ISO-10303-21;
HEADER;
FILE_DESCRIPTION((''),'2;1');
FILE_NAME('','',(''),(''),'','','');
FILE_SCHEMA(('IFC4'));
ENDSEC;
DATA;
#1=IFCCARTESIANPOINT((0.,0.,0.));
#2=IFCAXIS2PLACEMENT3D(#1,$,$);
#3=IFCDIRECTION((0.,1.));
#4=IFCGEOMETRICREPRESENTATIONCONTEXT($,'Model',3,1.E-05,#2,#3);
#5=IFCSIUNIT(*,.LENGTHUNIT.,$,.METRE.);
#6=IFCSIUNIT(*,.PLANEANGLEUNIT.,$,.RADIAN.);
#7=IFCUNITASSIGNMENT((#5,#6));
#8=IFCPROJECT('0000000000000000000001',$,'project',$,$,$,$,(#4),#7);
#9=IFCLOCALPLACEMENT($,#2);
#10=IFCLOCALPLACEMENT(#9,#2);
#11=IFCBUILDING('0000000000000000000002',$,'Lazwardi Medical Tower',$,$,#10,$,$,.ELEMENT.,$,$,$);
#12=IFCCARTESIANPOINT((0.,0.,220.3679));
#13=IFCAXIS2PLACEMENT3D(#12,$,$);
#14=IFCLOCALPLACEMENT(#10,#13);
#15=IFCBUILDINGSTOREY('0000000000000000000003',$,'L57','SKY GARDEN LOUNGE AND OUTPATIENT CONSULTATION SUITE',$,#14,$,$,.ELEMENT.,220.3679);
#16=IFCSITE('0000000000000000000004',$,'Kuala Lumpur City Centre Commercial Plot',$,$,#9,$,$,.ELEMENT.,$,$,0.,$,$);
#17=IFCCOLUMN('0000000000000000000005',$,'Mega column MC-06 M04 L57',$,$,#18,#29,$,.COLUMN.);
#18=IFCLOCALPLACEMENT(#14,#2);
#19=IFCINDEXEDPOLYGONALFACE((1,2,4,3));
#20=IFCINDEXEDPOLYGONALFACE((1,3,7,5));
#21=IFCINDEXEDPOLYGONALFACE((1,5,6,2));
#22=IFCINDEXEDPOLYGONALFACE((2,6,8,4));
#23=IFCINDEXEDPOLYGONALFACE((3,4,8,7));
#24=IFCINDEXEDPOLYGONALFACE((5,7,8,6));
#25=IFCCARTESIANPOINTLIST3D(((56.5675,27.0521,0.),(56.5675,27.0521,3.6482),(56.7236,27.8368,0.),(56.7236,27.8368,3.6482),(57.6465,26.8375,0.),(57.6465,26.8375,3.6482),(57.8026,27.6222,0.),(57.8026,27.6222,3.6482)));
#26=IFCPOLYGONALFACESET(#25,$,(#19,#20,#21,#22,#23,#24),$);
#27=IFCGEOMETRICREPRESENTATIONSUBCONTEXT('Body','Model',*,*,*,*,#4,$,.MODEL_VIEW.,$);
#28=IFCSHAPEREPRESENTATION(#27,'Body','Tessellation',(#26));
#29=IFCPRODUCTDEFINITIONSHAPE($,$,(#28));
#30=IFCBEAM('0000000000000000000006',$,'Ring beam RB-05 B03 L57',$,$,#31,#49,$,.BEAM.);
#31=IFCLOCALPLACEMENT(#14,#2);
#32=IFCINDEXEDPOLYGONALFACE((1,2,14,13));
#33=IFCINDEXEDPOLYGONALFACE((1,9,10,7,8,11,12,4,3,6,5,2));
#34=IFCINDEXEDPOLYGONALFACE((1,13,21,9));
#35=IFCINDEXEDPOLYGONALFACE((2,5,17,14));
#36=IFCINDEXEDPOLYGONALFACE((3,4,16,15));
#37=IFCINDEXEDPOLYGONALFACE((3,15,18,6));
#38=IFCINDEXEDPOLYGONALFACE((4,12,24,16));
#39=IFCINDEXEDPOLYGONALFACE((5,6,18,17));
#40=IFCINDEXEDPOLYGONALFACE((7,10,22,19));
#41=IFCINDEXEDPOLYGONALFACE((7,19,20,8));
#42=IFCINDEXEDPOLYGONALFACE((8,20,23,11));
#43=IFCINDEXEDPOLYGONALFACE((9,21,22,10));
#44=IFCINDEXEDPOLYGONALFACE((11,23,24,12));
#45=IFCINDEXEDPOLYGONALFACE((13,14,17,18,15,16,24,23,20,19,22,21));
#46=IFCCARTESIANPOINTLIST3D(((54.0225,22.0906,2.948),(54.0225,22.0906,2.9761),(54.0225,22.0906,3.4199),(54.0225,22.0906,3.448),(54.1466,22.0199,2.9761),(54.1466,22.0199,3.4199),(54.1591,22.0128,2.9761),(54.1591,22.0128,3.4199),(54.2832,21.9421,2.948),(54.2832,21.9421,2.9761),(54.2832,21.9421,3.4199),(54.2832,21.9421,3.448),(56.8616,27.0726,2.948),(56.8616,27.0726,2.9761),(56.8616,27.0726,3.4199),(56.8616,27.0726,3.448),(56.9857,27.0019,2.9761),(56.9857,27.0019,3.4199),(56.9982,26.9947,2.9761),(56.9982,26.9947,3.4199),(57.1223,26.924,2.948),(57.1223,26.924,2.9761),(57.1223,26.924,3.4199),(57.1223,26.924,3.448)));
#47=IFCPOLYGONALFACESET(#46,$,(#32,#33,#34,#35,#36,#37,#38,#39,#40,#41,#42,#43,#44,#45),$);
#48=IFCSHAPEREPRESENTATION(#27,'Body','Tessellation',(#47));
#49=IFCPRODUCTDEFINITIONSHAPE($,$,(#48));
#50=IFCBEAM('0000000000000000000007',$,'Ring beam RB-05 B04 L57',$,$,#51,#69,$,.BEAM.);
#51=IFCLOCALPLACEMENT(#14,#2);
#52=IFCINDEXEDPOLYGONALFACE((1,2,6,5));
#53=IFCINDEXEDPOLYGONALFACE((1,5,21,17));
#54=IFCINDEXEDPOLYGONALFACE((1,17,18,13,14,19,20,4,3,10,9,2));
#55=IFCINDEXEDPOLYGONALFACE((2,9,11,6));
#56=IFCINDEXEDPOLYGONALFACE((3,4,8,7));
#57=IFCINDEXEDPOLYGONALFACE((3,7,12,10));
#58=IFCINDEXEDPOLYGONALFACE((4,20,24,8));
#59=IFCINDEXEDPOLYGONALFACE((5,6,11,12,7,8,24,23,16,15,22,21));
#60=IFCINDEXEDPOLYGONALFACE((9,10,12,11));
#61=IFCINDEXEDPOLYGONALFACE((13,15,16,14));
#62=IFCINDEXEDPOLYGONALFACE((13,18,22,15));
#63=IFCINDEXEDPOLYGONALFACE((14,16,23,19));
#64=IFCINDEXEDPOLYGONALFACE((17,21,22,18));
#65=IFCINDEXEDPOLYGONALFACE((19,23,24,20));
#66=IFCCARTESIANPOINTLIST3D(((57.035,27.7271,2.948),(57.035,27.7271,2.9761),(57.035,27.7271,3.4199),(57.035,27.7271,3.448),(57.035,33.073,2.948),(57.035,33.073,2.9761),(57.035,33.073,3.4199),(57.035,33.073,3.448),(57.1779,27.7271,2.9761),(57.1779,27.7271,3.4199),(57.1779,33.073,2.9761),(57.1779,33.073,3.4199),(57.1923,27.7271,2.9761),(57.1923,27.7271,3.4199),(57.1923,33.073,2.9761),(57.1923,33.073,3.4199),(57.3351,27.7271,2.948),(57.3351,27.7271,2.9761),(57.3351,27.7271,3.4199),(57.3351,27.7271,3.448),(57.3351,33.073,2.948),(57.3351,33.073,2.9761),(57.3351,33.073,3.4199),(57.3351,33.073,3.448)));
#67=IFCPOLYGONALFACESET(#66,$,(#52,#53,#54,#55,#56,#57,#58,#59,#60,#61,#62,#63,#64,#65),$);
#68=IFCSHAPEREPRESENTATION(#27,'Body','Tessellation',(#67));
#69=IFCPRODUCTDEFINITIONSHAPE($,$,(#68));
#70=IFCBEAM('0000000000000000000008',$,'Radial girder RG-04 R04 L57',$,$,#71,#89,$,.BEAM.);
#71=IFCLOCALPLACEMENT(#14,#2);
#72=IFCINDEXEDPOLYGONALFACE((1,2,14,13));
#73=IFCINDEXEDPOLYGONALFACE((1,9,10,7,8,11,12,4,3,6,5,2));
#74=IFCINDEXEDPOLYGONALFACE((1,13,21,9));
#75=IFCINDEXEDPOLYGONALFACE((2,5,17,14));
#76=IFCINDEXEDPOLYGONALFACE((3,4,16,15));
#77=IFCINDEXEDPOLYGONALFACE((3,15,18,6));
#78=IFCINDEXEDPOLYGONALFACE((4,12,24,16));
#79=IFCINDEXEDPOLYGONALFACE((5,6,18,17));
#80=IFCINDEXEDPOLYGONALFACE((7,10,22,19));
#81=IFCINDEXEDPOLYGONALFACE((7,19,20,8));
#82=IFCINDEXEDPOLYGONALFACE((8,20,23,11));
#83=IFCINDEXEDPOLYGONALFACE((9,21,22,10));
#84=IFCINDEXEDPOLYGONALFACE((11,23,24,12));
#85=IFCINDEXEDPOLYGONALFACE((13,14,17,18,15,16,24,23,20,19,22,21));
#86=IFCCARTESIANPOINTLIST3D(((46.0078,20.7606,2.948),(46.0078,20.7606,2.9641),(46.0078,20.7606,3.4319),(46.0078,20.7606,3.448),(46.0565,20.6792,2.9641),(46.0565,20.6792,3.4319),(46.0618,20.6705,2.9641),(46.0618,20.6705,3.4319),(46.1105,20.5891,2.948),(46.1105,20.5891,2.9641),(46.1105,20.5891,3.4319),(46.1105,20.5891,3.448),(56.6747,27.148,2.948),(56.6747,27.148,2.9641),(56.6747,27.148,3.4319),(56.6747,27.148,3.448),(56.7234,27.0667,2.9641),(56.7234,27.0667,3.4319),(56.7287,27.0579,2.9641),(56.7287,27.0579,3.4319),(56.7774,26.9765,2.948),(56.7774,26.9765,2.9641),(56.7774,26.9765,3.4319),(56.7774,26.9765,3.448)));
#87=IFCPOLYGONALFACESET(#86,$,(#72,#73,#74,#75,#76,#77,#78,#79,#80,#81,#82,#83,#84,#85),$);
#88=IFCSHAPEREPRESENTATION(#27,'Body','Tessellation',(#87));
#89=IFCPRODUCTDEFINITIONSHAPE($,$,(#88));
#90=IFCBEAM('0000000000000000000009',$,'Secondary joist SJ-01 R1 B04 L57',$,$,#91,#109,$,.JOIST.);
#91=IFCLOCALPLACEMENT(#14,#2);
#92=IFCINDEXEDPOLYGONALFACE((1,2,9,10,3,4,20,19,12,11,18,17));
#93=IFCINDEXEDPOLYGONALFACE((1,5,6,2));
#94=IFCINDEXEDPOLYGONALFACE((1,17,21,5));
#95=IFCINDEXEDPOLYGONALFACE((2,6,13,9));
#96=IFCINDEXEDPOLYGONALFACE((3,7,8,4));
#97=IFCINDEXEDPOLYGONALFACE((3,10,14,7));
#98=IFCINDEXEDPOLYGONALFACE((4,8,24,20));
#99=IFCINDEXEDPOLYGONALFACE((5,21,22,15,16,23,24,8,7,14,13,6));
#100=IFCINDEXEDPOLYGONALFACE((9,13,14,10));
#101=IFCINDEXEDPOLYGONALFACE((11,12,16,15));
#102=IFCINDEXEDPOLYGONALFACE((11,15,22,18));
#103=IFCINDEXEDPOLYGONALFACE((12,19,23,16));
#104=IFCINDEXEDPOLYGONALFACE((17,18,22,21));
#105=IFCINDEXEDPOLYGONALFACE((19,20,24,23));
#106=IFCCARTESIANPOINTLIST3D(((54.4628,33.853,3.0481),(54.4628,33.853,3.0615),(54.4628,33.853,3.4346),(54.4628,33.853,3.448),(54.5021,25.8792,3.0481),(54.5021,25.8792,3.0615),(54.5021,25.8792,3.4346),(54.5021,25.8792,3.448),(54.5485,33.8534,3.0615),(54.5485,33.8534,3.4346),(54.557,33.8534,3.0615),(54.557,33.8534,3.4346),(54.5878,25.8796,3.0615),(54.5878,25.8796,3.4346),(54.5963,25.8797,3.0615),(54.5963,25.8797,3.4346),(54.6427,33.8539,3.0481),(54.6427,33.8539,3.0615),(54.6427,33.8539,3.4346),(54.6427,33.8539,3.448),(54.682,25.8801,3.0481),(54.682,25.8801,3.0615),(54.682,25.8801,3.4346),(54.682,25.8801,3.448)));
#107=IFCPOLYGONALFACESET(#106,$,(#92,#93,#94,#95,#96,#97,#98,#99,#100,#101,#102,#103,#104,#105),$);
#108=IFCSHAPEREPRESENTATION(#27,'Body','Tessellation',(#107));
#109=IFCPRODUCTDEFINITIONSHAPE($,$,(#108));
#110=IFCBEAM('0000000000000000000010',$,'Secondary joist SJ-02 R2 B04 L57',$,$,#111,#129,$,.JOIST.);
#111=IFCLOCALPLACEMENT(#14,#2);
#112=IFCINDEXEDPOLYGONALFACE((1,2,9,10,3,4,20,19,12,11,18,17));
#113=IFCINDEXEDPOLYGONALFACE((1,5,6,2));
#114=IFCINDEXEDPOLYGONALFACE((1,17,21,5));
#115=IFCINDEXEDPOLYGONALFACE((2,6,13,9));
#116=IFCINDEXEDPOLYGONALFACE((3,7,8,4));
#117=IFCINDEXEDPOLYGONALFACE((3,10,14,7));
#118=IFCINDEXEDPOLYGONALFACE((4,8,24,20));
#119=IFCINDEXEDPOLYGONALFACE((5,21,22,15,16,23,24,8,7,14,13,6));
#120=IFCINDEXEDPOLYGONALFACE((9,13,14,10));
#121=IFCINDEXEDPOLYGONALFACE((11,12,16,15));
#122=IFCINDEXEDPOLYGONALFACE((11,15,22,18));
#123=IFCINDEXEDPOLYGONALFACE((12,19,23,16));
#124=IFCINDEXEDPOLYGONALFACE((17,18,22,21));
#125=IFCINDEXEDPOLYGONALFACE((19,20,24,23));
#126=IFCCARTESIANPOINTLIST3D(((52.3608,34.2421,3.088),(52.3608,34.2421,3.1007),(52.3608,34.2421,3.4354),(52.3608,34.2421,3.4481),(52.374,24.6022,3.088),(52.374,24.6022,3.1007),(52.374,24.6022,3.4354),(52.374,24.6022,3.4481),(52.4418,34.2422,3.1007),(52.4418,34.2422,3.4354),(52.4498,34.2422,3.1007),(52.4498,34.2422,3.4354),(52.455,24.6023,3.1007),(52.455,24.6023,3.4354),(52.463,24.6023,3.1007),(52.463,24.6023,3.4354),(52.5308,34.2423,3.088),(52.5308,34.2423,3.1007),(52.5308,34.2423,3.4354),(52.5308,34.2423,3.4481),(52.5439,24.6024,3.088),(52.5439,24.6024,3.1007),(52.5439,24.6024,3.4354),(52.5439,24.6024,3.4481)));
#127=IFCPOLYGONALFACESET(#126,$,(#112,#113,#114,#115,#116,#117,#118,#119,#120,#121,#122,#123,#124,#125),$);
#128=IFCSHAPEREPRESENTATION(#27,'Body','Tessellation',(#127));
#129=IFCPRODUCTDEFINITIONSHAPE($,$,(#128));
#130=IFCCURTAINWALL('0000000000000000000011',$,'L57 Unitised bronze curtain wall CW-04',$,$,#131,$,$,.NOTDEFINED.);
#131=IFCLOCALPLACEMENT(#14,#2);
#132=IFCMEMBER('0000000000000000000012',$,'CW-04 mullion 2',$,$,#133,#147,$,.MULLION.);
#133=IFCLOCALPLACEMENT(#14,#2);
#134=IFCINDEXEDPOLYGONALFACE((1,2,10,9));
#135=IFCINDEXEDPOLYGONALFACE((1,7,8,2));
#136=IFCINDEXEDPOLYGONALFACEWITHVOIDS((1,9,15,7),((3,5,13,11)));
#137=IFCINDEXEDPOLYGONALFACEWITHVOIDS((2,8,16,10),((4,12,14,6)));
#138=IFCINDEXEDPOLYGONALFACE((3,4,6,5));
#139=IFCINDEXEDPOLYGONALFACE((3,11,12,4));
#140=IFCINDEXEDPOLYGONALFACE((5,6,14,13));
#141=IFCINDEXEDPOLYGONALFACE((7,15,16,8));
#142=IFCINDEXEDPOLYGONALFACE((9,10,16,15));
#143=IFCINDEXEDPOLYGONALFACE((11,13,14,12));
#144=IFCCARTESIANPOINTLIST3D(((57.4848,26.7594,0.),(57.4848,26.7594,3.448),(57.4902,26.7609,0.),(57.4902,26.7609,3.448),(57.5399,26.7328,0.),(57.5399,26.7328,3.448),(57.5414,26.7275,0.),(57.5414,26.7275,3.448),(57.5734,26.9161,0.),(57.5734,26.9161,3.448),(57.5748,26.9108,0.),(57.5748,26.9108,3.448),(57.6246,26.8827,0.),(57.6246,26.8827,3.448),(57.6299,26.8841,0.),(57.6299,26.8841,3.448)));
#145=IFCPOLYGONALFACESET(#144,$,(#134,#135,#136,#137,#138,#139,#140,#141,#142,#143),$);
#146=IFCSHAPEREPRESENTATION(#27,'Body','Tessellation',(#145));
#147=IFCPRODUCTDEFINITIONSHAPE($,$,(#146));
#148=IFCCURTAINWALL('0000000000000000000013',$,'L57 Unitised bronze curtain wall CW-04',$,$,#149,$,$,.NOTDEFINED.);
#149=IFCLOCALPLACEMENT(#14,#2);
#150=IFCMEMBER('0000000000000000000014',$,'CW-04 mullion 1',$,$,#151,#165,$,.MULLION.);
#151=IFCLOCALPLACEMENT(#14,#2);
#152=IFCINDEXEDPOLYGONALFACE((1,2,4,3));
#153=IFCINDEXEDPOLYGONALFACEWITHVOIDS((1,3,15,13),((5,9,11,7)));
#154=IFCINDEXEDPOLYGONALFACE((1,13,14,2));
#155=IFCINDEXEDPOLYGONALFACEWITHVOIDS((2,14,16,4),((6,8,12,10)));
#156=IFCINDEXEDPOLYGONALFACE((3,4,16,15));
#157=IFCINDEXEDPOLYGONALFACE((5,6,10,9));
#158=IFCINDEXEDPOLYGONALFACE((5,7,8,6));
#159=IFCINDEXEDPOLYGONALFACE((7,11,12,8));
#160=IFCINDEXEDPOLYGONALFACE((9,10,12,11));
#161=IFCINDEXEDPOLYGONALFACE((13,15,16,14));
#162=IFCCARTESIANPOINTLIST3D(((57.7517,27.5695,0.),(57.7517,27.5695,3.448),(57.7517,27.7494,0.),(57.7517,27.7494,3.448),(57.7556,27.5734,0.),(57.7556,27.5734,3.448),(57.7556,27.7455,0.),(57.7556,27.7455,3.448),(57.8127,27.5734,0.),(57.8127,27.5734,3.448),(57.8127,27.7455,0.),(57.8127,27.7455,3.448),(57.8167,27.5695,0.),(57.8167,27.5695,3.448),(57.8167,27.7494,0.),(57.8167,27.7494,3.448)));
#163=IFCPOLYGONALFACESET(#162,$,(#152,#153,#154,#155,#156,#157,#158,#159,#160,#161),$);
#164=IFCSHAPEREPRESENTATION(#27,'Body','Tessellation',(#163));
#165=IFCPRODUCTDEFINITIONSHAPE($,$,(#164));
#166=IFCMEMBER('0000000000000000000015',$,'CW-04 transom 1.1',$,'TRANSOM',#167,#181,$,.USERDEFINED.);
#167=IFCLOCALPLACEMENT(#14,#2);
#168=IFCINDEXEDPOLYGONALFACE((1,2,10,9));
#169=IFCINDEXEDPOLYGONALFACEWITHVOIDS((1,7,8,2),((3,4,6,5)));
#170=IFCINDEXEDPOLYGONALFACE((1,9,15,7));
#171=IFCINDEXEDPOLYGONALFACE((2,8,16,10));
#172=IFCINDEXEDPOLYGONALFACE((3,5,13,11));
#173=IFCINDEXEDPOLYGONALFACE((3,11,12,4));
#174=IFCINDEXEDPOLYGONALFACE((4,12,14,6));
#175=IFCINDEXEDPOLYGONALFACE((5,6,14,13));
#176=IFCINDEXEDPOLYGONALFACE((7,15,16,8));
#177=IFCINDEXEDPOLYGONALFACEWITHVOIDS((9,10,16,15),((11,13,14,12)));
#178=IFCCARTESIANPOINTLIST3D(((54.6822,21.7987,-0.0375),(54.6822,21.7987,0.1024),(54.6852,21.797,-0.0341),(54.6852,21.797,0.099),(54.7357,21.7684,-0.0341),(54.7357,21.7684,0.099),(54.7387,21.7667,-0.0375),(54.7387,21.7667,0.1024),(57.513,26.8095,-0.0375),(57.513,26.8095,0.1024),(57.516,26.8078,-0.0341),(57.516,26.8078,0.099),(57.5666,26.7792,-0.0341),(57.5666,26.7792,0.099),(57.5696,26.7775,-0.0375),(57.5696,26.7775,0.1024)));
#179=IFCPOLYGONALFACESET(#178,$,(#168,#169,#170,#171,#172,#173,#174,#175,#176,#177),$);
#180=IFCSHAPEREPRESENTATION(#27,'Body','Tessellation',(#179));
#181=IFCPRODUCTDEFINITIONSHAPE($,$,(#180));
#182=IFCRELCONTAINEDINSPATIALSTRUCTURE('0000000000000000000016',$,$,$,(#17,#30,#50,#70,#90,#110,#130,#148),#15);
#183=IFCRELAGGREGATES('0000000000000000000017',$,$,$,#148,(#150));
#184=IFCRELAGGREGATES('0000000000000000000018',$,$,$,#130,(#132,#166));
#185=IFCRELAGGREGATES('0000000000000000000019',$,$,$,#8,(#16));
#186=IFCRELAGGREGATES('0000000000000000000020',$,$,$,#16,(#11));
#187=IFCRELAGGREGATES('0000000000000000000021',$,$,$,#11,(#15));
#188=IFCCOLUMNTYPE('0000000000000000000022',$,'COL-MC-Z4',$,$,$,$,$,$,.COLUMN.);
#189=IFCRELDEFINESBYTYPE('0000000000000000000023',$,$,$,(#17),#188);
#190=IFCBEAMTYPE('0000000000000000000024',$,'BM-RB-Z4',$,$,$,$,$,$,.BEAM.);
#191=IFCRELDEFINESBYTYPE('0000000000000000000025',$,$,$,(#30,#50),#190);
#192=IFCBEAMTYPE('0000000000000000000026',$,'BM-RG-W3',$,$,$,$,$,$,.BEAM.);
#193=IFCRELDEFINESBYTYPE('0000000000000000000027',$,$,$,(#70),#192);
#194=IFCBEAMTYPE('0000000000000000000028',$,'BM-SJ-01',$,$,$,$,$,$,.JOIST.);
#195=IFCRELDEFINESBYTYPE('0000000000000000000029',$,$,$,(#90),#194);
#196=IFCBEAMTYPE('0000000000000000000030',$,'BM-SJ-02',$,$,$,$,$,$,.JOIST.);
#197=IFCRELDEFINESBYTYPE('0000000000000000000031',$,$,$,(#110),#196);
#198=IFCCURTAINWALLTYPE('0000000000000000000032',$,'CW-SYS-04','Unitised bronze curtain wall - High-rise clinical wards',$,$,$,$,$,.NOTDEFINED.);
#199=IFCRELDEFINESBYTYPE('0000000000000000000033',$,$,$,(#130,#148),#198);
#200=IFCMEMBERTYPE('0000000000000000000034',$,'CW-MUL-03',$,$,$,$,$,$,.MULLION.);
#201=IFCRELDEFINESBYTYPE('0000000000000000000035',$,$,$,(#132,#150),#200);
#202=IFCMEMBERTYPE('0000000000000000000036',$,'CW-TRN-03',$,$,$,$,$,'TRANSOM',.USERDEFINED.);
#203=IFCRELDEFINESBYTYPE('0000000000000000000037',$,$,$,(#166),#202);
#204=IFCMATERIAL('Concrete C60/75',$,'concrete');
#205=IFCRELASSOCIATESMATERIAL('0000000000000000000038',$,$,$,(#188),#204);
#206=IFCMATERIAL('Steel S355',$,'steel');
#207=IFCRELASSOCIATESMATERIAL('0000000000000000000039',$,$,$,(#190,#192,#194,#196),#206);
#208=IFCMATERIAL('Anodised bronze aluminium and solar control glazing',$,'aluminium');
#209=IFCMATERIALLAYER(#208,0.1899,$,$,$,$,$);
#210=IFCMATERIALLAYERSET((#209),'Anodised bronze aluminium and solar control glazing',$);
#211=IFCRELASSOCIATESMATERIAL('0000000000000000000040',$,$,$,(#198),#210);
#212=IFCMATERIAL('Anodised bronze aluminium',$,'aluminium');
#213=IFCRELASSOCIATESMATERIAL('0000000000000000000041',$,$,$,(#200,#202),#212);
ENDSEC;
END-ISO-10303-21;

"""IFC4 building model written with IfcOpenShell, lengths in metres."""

from ifc_helpers import new_model, si_unit, direction, frame, origin, origin_2d, place, context, subcontext, project, spatial, rectangle, hollow_rectangle, i_section, extrude, material, layer, layer_set, material_profile, profile_set, type_object, element, aggregate, save


model = new_model("IFC4")

# Units and contexts
model_context = context("Model", 3, precision=1e-05, world=origin(), true_north=direction((0.0, 1.0)))
body_context = subcontext(model_context, "Body", "Model", "MODEL_VIEW")
ifc_project = project(units=[si_unit("LENGTHUNIT", "METRE"), si_unit("PLANEANGLEUNIT", "RADIAN")], contexts=[model_context])

# Site, building, storey
site_placement = place(None, origin())
site = spatial("IfcSite", under=ifc_project, at=site_placement, Name="Kuala Lumpur City Centre Commercial Plot", CompositionType="ELEMENT", RefElevation=0.0)
building_placement = place(site_placement, origin())
building = spatial("IfcBuilding", under=site, at=building_placement, Name="Lazwardi Medical Tower", CompositionType="ELEMENT")
storey_placement = place(building_placement, frame((0.0, 0.0, 220.3679)))
storey = spatial("IfcBuildingStorey", under=building, at=storey_placement, Name="L57", Description="SKY GARDEN LOUNGE AND OUTPATIENT CONSULTATION SUITE", CompositionType="ELEMENT", Elevation=220.3679)

# Column
ifc_material_1 = material(Name="Concrete C60/75", Category="concrete")
ifc_material_profile_1 = material_profile(ifc_material_1, rectangle(XDim=1.1001, YDim=0.8, at=origin_2d()), Name="CFT-RECT 1100x800")
ifc_profile_set_1 = profile_set([ifc_material_profile_1], Name="Concrete C60/75")
column_type = type_object("IfcColumnType", Name="COL-MC-Z4", PredefinedType="COLUMN", material=ifc_profile_set_1)
column_placement = place(storey_placement, frame((57.1851, 27.3372, 0.0), z_axis=(0.0, 0.0, 1.0), x_axis=(0.980785, -0.19509, 0.0)))
element("IfcColumn", 1, at=column_placement, inside=storey, type_object=column_type, Name="Mega column MC-06 M04 L57", PredefinedType="COLUMN", context=body_context, shape_type="SweptSolid", body=[
    extrude(rectangle(XDim=1.1001, YDim=0.8, at=origin_2d()), origin(), (0.0, 0.0, 1.0), 3.6482),
])

# Beams
ifc_material_2 = material(Name="Steel S355", Category="steel")
ifc_material_profile_2 = material_profile(ifc_material_2, i_section(OverallWidth=0.3, OverallDepth=0.5, WebThickness=0.0144, FlangeThickness=0.0281, at=origin_2d()), Name="HEB 500")
ifc_profile_set_2 = profile_set([ifc_material_profile_2], Name="Steel S355")
beam_type_1 = type_object("IfcBeamType", Name="BM-RB-Z4", PredefinedType="BEAM", material=ifc_profile_set_2)
beam_1_placement = place(storey_placement, frame((54.1528, 22.0164, 3.198), z_axis=(0.495125, 0.868822, 0.0), x_axis=(-0.868822, 0.495125, 0.0)))
element("IfcBeam", 2, at=beam_1_placement, inside=storey, type_object=beam_type_1, Name="Ring beam RB-05 B03 L57", PredefinedType="BEAM", context=body_context, shape_type="SweptSolid", body=[
    extrude(i_section(OverallWidth=0.3, OverallDepth=0.5, WebThickness=0.0144, FlangeThickness=0.0281, at=origin_2d()), origin(), (0.0, 0.0, 1.0), 5.7341),
])
beam_2_placement = place(storey_placement, frame((57.1851, 27.7271, 3.198), z_axis=(0.0, 1.0, 0.0), x_axis=(-1.0, 0.0, 0.0)))
element("IfcBeam", 3, at=beam_2_placement, inside=storey, type_object=beam_type_1, Name="Ring beam RB-05 B04 L57", PredefinedType="BEAM", context=body_context, shape_type="SweptSolid", body=[
    extrude(i_section(OverallWidth=0.3, OverallDepth=0.5, WebThickness=0.0144, FlangeThickness=0.0281, at=origin_2d()), origin(), (0.0, 0.0, 1.0), 5.3459),
])
ifc_material_profile_3 = material_profile(ifc_material_2, i_section(OverallWidth=0.2, OverallDepth=0.5, WebThickness=0.0103, FlangeThickness=0.0161, at=origin_2d()), Name="IPE 500")
ifc_profile_set_3 = profile_set([ifc_material_profile_3], Name="Steel S355")
beam_type_2 = type_object("IfcBeamType", Name="BM-RG-W3", PredefinedType="BEAM", material=ifc_profile_set_3)
beam_3_placement = place(storey_placement, frame((56.7261, 27.0623, 3.198), z_axis=(-0.857945, -0.513742, 0.0), x_axis=(0.513742, -0.857945, 0.0)))
element("IfcBeam", 4, at=beam_3_placement, inside=storey, type_object=beam_type_2, Name="Radial girder RG-04 R04 L57", PredefinedType="BEAM", context=body_context, shape_type="SweptSolid", body=[
    extrude(i_section(OverallWidth=0.2, OverallDepth=0.5, WebThickness=0.0103, FlangeThickness=0.0161, at=origin_2d()), origin(), (0.0, 0.0, 1.0), 12.4331),
])
ifc_material_profile_4 = material_profile(ifc_material_2, i_section(OverallWidth=0.1799, OverallDepth=0.3999, WebThickness=0.0085, FlangeThickness=0.0134, at=origin_2d()), Name="IPE 400")
ifc_profile_set_4 = profile_set([ifc_material_profile_4], Name="Steel S355")
beam_type_3 = type_object("IfcBeamType", Name="BM-SJ-01", PredefinedType="JOIST", material=ifc_profile_set_4)
beam_4_placement = place(storey_placement, frame((54.592, 25.8796, 3.248), z_axis=(-0.004929, 0.999988, 0.0), x_axis=(-0.999988, -0.004929, 0.0)))
element("IfcBeam", 5, at=beam_4_placement, inside=storey, type_object=beam_type_3, Name="Secondary joist SJ-01 R1 B04 L57", PredefinedType="JOIST", context=body_context, shape_type="SweptSolid", body=[
    extrude(i_section(OverallWidth=0.1799, OverallDepth=0.3999, WebThickness=0.0085, FlangeThickness=0.0134, at=origin_2d()), origin(), (0.0, 0.0, 1.0), 7.9739),
])
ifc_material_profile_5 = material_profile(ifc_material_2, i_section(OverallWidth=0.1699, OverallDepth=0.3601, WebThickness=0.0081, FlangeThickness=0.0127, at=origin_2d()), Name="IPE 360")
ifc_profile_set_5 = profile_set([ifc_material_profile_5], Name="Steel S355")
beam_type_4 = type_object("IfcBeamType", Name="BM-SJ-02", PredefinedType="JOIST", material=ifc_profile_set_5)
beam_5_placement = place(storey_placement, frame((52.459, 24.6023, 3.2681), z_axis=(-0.001368, 0.999999, 0.0), x_axis=(-0.999999, -0.001368, 0.0)))
element("IfcBeam", 6, at=beam_5_placement, inside=storey, type_object=beam_type_4, Name="Secondary joist SJ-02 R2 B04 L57", PredefinedType="JOIST", context=body_context, shape_type="SweptSolid", body=[
    extrude(i_section(OverallWidth=0.1699, OverallDepth=0.3601, WebThickness=0.0081, FlangeThickness=0.0127, at=origin_2d()), origin(), (0.0, 0.0, 1.0), 9.6399),
])

# Curtain walls, members
ifc_material_3 = material(Name="Anodised bronze aluminium and solar control glazing", Category="aluminium")
ifc_layer_1 = layer(ifc_material_3, 0.1899)
ifc_layer_set_1 = layer_set([ifc_layer_1], Name="Anodised bronze aluminium and solar control glazing")
curtain_wall_type = type_object("IfcCurtainWallType", Name="CW-SYS-04", Description="Unitised bronze curtain wall - High-rise clinical wards", PredefinedType="NOTDEFINED", material=ifc_layer_set_1)
curtain_wall_1_placement = place(storey_placement, origin())
curtain_wall_1 = element("IfcCurtainWall", 7, at=curtain_wall_1_placement, inside=storey, type_object=curtain_wall_type, Name="L57 Unitised bronze curtain wall CW-04", PredefinedType="NOTDEFINED")
ifc_material_4 = material(Name="Anodised bronze aluminium", Category="aluminium")
ifc_material_profile_6 = material_profile(ifc_material_4, hollow_rectangle(XDim=0.0649, YDim=0.1799, WallThickness=0.0039, at=origin_2d()), Name="ALU-MULLION 180x65x4")
ifc_profile_set_6 = profile_set([ifc_material_profile_6], Name="Anodised bronze aluminium")
member_type_1 = type_object("IfcMemberType", Name="CW-MUL-03", PredefinedType="MULLION", material=ifc_profile_set_6)
member_1_placement = place(storey_placement, frame((57.5574, 26.8218, 0.0), z_axis=(0.0, 0.0, 1.0), x_axis=(-0.870651, 0.4919, 0.0)))
member_1 = element("IfcMember", 8, at=member_1_placement, type_object=member_type_1, Name="CW-04 mullion 2", PredefinedType="MULLION", context=body_context, shape_type="SweptSolid", body=[
    extrude(hollow_rectangle(XDim=0.0649, YDim=0.1799, WallThickness=0.0039, at=origin_2d()), origin(), (0.0, 0.0, 1.0), 3.448),
])
curtain_wall_2_placement = place(storey_placement, origin())
curtain_wall_2 = element("IfcCurtainWall", 9, at=curtain_wall_2_placement, inside=storey, type_object=curtain_wall_type, Name="L57 Unitised bronze curtain wall CW-04", PredefinedType="NOTDEFINED")
member_2_placement = place(storey_placement, frame((57.7842, 27.6594, 0.0), z_axis=(0.0, 0.0, 1.0), x_axis=(-1.0, 0.0, 0.0)))
member_2 = element("IfcMember", 10, at=member_2_placement, type_object=member_type_1, Name="CW-04 mullion 1", PredefinedType="MULLION", context=body_context, shape_type="SweptSolid", body=[
    extrude(hollow_rectangle(XDim=0.0649, YDim=0.1799, WallThickness=0.0039, at=origin_2d()), origin(), (0.0, 0.0, 1.0), 3.448),
])

# Member
ifc_material_profile_7 = material_profile(ifc_material_4, hollow_rectangle(XDim=0.0649, YDim=0.1399, WallThickness=0.0034, at=origin_2d()), Name="ALU-TRANSOM 140x65x3.5")
ifc_profile_set_7 = profile_set([ifc_material_profile_7], Name="Anodised bronze aluminium")
member_type_2 = type_object("IfcMemberType", Name="CW-TRN-03", ElementType="TRANSOM", PredefinedType="USERDEFINED", material=ifc_profile_set_7)
member_3_placement = place(storey_placement, frame((54.7104, 21.7827, 0.0325), z_axis=(0.49188, 0.870663, 0.0), x_axis=(-0.870663, 0.49188, 0.0)))
member_3 = element("IfcMember", 11, at=member_3_placement, type_object=member_type_2, Name="CW-04 transom 1.1", ObjectType="TRANSOM", PredefinedType="USERDEFINED", context=body_context, shape_type="SweptSolid", body=[
    extrude(hollow_rectangle(XDim=0.0649, YDim=0.1399, WallThickness=0.0034, at=origin_2d()), origin(), (0.0, 0.0, 1.0), 5.7551),
])
aggregate(curtain_wall_2, [member_2])

aggregate(curtain_wall_1, [member_1, member_3])

save(model, "model.ifc")
